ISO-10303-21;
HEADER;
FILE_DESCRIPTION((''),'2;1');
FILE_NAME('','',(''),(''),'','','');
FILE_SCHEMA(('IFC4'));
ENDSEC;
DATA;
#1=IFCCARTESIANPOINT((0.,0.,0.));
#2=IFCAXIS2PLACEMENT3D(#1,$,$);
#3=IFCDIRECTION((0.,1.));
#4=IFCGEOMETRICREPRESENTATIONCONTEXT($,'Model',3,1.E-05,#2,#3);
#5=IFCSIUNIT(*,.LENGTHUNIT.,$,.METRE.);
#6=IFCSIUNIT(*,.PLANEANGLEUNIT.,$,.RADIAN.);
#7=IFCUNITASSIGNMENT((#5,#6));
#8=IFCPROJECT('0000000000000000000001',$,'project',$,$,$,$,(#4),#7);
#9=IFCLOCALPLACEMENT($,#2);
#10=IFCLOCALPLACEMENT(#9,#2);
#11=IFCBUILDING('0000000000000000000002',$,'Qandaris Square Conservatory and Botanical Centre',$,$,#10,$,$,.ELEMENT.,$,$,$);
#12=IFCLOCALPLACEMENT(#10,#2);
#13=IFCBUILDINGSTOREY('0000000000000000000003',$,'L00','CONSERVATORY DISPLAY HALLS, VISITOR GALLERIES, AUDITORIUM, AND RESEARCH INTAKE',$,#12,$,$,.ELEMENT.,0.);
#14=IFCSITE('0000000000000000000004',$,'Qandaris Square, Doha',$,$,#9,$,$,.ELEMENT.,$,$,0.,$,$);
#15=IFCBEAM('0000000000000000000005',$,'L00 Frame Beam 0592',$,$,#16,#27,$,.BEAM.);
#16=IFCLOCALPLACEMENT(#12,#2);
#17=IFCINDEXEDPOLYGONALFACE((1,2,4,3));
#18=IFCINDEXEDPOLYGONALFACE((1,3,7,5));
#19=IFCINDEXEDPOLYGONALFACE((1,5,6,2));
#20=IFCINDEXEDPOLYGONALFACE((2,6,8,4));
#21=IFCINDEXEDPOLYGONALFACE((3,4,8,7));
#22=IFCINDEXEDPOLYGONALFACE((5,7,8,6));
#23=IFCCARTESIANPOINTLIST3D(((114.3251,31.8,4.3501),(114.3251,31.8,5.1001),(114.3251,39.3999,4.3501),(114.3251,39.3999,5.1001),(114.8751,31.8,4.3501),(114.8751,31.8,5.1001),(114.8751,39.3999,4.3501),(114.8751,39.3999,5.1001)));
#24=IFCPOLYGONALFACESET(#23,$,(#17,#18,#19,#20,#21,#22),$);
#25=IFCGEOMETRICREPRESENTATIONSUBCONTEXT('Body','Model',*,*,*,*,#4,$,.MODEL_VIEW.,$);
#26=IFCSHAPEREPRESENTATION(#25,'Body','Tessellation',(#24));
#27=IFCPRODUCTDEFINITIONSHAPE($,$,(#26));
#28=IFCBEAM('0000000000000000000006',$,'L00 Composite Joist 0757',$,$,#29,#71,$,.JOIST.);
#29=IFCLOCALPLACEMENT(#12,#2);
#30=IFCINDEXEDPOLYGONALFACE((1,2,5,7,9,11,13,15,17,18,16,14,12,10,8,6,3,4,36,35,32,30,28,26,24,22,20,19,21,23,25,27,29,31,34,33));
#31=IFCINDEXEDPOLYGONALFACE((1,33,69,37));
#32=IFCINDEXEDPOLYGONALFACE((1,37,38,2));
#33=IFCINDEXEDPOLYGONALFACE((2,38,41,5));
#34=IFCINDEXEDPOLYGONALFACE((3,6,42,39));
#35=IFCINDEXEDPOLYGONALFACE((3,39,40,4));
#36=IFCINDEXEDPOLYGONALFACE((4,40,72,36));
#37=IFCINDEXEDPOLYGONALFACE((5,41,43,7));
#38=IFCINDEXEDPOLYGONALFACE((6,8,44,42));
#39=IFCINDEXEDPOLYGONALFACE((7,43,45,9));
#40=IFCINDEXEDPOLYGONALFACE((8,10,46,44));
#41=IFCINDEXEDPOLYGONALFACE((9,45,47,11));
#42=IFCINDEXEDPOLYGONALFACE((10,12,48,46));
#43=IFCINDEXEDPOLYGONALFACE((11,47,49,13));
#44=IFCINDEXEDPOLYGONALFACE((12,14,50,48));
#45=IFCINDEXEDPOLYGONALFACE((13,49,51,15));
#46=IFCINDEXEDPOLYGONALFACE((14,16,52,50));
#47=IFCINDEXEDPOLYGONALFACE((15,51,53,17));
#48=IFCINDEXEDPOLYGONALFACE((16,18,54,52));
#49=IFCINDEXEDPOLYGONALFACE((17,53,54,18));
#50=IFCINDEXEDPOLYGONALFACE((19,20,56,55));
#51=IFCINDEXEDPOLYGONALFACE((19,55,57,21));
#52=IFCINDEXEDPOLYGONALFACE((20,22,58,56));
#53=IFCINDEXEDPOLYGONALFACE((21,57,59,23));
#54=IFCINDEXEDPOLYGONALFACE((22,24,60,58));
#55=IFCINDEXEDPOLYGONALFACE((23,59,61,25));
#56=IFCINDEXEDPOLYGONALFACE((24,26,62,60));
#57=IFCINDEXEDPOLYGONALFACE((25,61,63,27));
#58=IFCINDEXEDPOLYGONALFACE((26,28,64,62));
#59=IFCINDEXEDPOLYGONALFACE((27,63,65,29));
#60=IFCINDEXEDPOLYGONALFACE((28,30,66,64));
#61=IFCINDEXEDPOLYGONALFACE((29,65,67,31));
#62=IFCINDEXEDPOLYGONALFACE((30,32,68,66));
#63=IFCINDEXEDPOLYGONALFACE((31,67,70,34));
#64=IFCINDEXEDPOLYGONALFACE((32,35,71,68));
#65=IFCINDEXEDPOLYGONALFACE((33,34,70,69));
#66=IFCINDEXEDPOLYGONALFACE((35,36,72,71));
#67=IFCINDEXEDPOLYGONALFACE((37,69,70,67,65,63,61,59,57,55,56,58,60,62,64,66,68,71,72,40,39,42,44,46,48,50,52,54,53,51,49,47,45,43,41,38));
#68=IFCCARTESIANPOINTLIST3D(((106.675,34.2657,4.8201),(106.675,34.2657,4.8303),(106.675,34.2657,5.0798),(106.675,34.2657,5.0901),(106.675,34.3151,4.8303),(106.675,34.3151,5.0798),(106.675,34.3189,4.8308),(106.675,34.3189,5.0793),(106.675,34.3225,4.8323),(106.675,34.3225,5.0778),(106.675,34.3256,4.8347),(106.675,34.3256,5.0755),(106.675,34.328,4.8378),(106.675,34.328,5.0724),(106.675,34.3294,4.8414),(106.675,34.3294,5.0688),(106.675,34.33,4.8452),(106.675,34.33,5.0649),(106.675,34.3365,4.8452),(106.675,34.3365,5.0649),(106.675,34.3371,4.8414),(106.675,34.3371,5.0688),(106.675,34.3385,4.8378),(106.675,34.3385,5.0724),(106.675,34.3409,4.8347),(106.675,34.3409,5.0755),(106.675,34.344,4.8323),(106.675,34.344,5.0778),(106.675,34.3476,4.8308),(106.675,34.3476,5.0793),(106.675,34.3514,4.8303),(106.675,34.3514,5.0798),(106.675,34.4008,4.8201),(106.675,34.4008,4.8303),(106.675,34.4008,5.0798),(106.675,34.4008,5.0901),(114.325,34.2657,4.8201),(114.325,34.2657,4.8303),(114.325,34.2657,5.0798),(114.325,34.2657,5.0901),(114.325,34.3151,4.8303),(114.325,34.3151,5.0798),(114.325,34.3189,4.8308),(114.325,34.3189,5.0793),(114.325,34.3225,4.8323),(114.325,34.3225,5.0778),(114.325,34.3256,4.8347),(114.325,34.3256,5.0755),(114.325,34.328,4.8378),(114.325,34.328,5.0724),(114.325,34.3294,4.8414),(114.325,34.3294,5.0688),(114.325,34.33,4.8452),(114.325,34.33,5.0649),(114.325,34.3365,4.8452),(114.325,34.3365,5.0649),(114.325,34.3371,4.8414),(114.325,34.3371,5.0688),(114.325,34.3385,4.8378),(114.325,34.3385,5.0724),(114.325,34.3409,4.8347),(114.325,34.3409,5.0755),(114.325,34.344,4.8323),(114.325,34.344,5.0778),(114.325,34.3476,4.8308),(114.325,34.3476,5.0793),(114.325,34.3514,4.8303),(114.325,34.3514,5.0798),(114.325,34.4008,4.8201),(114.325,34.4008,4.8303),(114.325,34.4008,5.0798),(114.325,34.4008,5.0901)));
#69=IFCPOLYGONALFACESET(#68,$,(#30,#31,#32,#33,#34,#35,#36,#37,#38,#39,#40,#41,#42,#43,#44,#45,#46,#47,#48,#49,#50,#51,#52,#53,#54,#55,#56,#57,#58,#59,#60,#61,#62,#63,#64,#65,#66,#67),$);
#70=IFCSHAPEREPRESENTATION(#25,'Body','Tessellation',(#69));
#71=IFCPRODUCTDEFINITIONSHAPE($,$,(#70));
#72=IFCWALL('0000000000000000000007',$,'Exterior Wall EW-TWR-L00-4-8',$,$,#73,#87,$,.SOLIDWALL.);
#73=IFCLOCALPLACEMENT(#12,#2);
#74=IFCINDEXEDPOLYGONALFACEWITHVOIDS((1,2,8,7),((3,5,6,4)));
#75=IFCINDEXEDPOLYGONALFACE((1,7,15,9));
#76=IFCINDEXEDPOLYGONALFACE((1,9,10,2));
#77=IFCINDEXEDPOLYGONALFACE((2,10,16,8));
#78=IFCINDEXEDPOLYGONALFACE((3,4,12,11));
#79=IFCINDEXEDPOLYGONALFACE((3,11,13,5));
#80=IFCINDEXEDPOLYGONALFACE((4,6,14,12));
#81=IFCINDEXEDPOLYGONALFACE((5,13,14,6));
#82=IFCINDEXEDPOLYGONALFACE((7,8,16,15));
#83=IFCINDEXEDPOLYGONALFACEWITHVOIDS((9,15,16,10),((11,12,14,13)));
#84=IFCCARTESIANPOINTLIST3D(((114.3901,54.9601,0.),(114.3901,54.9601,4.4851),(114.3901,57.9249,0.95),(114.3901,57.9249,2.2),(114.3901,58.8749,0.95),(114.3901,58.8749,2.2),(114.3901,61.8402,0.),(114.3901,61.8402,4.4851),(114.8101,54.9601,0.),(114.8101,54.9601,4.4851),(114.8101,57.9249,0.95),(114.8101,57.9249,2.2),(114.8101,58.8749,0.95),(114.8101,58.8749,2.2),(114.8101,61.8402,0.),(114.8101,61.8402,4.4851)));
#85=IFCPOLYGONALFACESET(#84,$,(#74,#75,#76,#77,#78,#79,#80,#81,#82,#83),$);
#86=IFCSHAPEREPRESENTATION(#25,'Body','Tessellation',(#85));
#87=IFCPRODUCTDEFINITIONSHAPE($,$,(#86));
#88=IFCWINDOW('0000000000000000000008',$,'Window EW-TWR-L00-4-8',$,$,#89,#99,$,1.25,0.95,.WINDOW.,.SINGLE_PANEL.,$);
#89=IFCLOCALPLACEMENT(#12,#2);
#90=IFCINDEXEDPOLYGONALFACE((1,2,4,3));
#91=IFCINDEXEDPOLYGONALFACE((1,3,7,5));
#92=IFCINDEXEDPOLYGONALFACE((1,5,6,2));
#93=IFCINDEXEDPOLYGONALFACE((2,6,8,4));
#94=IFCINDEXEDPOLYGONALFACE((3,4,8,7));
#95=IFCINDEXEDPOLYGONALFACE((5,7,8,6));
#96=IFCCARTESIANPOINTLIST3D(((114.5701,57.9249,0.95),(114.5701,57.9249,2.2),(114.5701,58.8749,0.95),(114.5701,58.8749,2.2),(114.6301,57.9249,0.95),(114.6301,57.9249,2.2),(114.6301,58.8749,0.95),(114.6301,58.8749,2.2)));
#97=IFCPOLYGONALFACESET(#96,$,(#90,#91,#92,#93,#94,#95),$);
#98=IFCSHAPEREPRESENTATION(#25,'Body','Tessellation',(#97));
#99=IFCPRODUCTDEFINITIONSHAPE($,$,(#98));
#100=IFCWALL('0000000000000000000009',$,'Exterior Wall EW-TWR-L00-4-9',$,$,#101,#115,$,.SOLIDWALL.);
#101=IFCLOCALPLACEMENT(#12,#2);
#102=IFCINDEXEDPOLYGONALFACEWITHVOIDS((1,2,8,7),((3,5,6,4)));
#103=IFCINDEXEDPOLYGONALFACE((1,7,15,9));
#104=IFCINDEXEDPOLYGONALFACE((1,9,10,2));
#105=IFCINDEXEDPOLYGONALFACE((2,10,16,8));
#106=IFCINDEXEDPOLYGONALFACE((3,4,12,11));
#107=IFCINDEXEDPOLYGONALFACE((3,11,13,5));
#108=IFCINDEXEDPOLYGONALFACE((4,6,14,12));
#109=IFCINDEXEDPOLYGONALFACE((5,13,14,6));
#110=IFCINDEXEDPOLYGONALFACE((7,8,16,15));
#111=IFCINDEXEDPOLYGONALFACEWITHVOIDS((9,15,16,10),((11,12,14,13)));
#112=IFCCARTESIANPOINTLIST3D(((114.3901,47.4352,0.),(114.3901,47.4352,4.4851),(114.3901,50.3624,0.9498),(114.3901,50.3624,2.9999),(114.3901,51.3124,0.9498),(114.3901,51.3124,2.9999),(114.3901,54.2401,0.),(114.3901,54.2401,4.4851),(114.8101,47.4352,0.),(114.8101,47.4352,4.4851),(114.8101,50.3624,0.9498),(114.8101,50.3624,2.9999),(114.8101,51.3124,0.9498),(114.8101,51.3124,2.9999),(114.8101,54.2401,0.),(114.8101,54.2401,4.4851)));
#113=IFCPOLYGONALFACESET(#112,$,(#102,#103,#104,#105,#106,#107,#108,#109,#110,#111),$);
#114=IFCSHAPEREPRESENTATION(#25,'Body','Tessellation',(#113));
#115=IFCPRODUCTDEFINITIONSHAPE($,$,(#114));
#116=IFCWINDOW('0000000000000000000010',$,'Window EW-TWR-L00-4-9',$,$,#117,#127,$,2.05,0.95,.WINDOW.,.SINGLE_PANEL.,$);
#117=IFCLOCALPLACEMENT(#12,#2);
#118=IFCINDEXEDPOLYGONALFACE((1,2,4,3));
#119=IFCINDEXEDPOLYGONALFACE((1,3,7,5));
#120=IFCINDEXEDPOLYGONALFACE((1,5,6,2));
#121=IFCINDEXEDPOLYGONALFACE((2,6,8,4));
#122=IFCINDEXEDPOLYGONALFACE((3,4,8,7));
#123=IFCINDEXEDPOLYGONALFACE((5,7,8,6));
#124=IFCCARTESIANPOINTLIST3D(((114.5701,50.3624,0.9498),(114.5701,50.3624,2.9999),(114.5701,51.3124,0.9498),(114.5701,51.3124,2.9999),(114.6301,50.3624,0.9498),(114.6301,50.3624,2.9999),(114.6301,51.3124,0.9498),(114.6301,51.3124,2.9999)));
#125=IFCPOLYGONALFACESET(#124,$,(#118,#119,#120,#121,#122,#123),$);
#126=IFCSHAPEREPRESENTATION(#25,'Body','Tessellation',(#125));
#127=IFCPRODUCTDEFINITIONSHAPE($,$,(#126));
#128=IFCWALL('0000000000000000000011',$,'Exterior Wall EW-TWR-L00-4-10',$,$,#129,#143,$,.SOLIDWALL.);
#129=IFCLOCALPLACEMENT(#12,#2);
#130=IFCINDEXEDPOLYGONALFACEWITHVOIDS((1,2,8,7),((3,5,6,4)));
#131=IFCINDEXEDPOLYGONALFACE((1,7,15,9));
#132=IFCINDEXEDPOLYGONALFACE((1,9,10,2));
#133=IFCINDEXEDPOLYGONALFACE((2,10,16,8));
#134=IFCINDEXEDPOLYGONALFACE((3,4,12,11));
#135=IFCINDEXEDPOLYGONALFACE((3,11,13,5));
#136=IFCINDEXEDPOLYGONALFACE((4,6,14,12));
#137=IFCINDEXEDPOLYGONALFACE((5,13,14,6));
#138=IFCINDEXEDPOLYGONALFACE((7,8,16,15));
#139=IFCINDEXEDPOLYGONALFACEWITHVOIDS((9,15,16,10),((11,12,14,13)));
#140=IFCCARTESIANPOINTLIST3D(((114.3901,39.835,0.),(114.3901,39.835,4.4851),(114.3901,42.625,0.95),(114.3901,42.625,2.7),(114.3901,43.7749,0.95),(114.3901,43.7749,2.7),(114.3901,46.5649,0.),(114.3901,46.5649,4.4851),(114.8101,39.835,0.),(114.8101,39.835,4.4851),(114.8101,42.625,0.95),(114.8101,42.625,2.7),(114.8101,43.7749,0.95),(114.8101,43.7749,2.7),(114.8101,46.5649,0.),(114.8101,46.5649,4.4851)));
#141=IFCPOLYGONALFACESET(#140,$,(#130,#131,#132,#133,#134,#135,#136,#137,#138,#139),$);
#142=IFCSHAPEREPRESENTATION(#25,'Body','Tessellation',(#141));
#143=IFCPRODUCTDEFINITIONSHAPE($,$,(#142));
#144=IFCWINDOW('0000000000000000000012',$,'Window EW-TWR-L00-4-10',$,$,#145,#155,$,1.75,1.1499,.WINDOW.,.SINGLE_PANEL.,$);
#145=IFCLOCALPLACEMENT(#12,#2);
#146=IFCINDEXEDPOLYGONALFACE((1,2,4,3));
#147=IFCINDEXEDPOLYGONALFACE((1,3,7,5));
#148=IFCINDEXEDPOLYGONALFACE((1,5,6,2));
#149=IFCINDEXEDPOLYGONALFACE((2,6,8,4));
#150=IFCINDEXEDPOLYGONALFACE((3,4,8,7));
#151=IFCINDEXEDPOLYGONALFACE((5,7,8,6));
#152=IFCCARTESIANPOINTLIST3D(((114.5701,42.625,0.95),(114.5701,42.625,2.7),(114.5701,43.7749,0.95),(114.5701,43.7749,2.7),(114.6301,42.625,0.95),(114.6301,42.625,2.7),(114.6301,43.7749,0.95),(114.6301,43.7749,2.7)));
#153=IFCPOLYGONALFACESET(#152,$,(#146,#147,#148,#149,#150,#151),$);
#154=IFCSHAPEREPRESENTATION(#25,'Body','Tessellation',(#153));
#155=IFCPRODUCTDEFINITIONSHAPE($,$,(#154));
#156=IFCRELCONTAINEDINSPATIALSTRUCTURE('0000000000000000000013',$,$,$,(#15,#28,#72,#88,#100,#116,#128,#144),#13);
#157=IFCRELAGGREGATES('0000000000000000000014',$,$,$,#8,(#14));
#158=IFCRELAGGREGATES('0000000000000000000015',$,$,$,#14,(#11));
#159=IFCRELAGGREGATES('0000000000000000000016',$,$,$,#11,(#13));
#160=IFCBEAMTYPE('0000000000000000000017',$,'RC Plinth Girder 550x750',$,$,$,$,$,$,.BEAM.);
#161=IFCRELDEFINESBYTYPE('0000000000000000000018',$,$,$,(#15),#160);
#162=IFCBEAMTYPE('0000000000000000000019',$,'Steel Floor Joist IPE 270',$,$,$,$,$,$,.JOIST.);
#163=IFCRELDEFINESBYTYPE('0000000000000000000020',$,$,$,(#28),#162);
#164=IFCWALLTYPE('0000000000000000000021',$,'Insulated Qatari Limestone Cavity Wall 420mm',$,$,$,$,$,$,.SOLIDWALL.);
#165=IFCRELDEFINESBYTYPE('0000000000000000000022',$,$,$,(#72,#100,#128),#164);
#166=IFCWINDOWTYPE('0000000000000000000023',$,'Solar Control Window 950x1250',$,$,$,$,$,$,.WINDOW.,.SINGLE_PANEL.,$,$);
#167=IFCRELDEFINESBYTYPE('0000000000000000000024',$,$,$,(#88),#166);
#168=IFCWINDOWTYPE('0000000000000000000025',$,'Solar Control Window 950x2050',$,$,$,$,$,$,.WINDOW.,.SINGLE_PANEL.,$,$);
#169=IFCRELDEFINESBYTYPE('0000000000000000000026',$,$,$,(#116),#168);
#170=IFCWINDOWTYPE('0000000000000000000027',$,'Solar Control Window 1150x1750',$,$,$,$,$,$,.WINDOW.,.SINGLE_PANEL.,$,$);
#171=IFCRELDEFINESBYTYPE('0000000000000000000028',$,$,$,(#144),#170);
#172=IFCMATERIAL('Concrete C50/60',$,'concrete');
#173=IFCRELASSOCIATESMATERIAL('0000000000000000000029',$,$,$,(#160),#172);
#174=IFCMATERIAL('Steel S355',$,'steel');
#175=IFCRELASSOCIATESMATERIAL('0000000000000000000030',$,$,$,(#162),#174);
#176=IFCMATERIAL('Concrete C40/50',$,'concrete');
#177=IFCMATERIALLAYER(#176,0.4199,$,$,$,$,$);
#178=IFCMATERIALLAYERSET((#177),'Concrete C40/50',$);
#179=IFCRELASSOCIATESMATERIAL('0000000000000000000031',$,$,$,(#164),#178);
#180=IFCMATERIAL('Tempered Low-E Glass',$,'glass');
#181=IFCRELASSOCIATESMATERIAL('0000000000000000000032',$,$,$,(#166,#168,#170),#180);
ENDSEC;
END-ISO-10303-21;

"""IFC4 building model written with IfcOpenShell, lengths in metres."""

from ifc_helpers import new_model, si_unit, direction, frame, frame_2d, origin, origin_2d, place, context, subcontext, project, spatial, rectangle, i_section, extrude, material, layer, layer_set, material_profile, profile_set, type_object, element, fill, save


model = new_model("IFC4")

# Units and contexts
model_context = context("Model", 3, precision=1e-05, world=origin(), true_north=direction((0.0, 1.0)))
body_context = subcontext(model_context, "Body", "Model", "MODEL_VIEW")
ifc_project = project(units=[si_unit("LENGTHUNIT", "METRE"), si_unit("PLANEANGLEUNIT", "RADIAN")], contexts=[model_context])

# Site, building, storey
site_placement = place(None, origin())
site = spatial("IfcSite", under=ifc_project, at=site_placement, Name="Qandaris Square, Doha", CompositionType="ELEMENT", RefElevation=0.0)
building_placement = place(site_placement, origin())
building = spatial("IfcBuilding", under=site, at=building_placement, Name="Qandaris Square Conservatory and Botanical Centre", CompositionType="ELEMENT")
storey_placement = place(building_placement, origin())
storey = spatial("IfcBuildingStorey", under=building, at=storey_placement, Name="L00", Description="CONSERVATORY DISPLAY HALLS, VISITOR GALLERIES, AUDITORIUM, AND RESEARCH INTAKE", CompositionType="ELEMENT", Elevation=0.0)

# Shared definitions
ifc_material_1 = material(Name="Concrete C40/50", Category="concrete")
ifc_material_2 = material(Name="Concrete C50/60", Category="concrete")

# Beams
ifc_material_3 = material(Name="Steel S355", Category="steel")
ifc_material_profile_1 = material_profile(ifc_material_2, rectangle(XDim=0.55, YDim=0.75, at=origin_2d()), Name="RC-BM 550x750")
ifc_profile_set_1 = profile_set([ifc_material_profile_1], Name="Concrete C50/60")
beam_type_1 = type_object("IfcBeamType", Name="RC Plinth Girder 550x750", PredefinedType="BEAM", material=ifc_profile_set_1)
beam_1_placement = place(storey_placement, frame((114.6001, 31.8, 4.7251), z_axis=(0.0, 1.0, 0.0), x_axis=(-1.0, 0.0, 0.0)))
element("IfcBeam", 1, at=beam_1_placement, inside=storey, type_object=beam_type_1, Name="L00 Frame Beam 0592", PredefinedType="BEAM", context=body_context, shape_type="SweptSolid", body=[
    extrude(rectangle(XDim=0.55, YDim=0.75, at=origin_2d()), origin(), (0.0, 0.0, 1.0), 7.5999),
])
ifc_material_profile_2 = material_profile(ifc_material_3, i_section(OverallWidth=0.135, OverallDepth=0.27, WebThickness=0.0066, FlangeThickness=0.0103, FilletRadius=0.0149, at=origin_2d()), Name="IPE 270")
ifc_profile_set_2 = profile_set([ifc_material_profile_2], Name="Steel S355")
beam_type_2 = type_object("IfcBeamType", Name="Steel Floor Joist IPE 270", PredefinedType="JOIST", material=ifc_profile_set_2)
beam_2_placement = place(storey_placement, frame((106.675, 34.3333, 4.9551), z_axis=(1.0, 0.0, 0.0), x_axis=(0.0, 1.0, 0.0)))
element("IfcBeam", 2, at=beam_2_placement, inside=storey, type_object=beam_type_2, Name="L00 Composite Joist 0757", PredefinedType="JOIST", context=body_context, shape_type="SweptSolid", body=[
    extrude(i_section(OverallWidth=0.135, OverallDepth=0.27, WebThickness=0.0066, FlangeThickness=0.0103, FilletRadius=0.0149, at=origin_2d()), origin(), (0.0, 0.0, 1.0), 7.6499),
])

# Walls, openings, windows
ifc_layer = layer(ifc_material_1, 0.4199)
ifc_layer_set = layer_set([ifc_layer], Name="Concrete C40/50")
wall_type = type_object("IfcWallType", Name="Insulated Qatari Limestone Cavity Wall 420mm", PredefinedType="SOLIDWALL", material=ifc_layer_set)
wall_1_placement = place(storey_placement, frame((114.6001, 61.8401, 0.0), z_axis=(0.0, 0.0, 1.0), x_axis=(0.0, -1.0, 0.0)))
wall_1 = element("IfcWall", 3, at=wall_1_placement, inside=storey, type_object=wall_type, Name="Exterior Wall EW-TWR-L00-4-8", PredefinedType="SOLIDWALL", context=body_context, shape_type="SweptSolid", body=[
    extrude(rectangle(XDim=6.8801, YDim=0.4199, at=frame_2d((3.4399, 0.0))), origin(), (0.0, 0.0, 1.0), 4.4851),
])
opening_1_placement = place(wall_1_placement, frame((2.9651, 0.0, 0.95)))
opening_1 = element("IfcOpeningElement", 4, at=opening_1_placement, cuts=wall_1, PredefinedType="OPENING", context=body_context, shape_type="SweptSolid", body=[
    extrude(rectangle(XDim=0.95, YDim=1.25, at=frame_2d((0.4751, 0.625))), frame((0.0, 0.2219, 0.0), z_axis=(0.0, -1.0, 0.0), x_axis=(1.0, 0.0, 0.0)), (0.0, 0.0, 1.0), 0.4438),
])
ifc_material_4 = material(Name="Tempered Low-E Glass", Category="glass")
window_type_1 = type_object("IfcWindowType", Name="Solar Control Window 950x1250", PartitioningType="SINGLE_PANEL", PredefinedType="WINDOW", material=ifc_material_4)
window_1_placement = place(opening_1_placement, origin())
window_1 = element("IfcWindow", 5, at=window_1_placement, inside=storey, type_object=window_type_1, Name="Window EW-TWR-L00-4-8", OverallHeight=1.25, OverallWidth=0.95, PartitioningType="SINGLE_PANEL", PredefinedType="WINDOW", context=body_context, shape_type="SweptSolid", body=[
    extrude(rectangle(XDim=0.95, YDim=1.25, at=frame_2d((0.4751, 0.625))), frame((0.0, 0.03, 0.0), z_axis=(0.0, -1.0, 0.0), x_axis=(1.0, 0.0, 0.0)), (0.0, 0.0, 1.0), 0.0601),
])
fill(opening_1, window_1)
wall_2_placement = place(storey_placement, frame((114.6001, 54.24, 0.0), z_axis=(0.0, 0.0, 1.0), x_axis=(0.0, -1.0, 0.0)))
wall_2 = element("IfcWall", 6, at=wall_2_placement, inside=storey, type_object=wall_type, Name="Exterior Wall EW-TWR-L00-4-9", PredefinedType="SOLIDWALL", context=body_context, shape_type="SweptSolid", body=[
    extrude(rectangle(XDim=6.8049, YDim=0.4199, at=frame_2d((3.4023, 0.0))), origin(), (0.0, 0.0, 1.0), 4.4851),
])
opening_2_placement = place(wall_2_placement, frame((2.9275, 0.0, 0.95)))
opening_2 = element("IfcOpeningElement", 7, at=opening_2_placement, cuts=wall_2, PredefinedType="OPENING", context=body_context, shape_type="SweptSolid", body=[
    extrude(rectangle(XDim=0.95, YDim=2.05, at=frame_2d((0.4751, 1.0249))), frame((0.0, 0.2219, 0.0), z_axis=(0.0, -1.0, 0.0), x_axis=(1.0, 0.0, 0.0)), (0.0, 0.0, 1.0), 0.4438),
])
window_type_2 = type_object("IfcWindowType", Name="Solar Control Window 950x2050", PartitioningType="SINGLE_PANEL", PredefinedType="WINDOW", material=ifc_material_4)
window_2_placement = place(opening_2_placement, origin())
window_2 = element("IfcWindow", 8, at=window_2_placement, inside=storey, type_object=window_type_2, Name="Window EW-TWR-L00-4-9", OverallHeight=2.05, OverallWidth=0.95, PartitioningType="SINGLE_PANEL", PredefinedType="WINDOW", context=body_context, shape_type="SweptSolid", body=[
    extrude(rectangle(XDim=0.95, YDim=2.05, at=frame_2d((0.4751, 1.0249))), frame((0.0, 0.03, 0.0), z_axis=(0.0, -1.0, 0.0), x_axis=(1.0, 0.0, 0.0)), (0.0, 0.0, 1.0), 0.0601),
])
fill(opening_2, window_2)
wall_3_placement = place(storey_placement, frame((114.6001, 46.5649, 0.0), z_axis=(0.0, 0.0, 1.0), x_axis=(0.0, -1.0, 0.0)))
wall_3 = element("IfcWall", 9, at=wall_3_placement, inside=storey, type_object=wall_type, Name="Exterior Wall EW-TWR-L00-4-10", PredefinedType="SOLIDWALL", context=body_context, shape_type="SweptSolid", body=[
    extrude(rectangle(XDim=6.73, YDim=0.4199, at=frame_2d((3.365, 0.0))), origin(), (0.0, 0.0, 1.0), 4.4851),
])
opening_3_placement = place(wall_3_placement, frame((2.79, 0.0, 0.95)))
opening_3 = element("IfcOpeningElement", 10, at=opening_3_placement, cuts=wall_3, PredefinedType="OPENING", context=body_context, shape_type="SweptSolid", body=[
    extrude(rectangle(XDim=1.1499, YDim=1.75, at=frame_2d((0.575, 0.875))), frame((0.0, 0.2219, 0.0), z_axis=(0.0, -1.0, 0.0), x_axis=(1.0, 0.0, 0.0)), (0.0, 0.0, 1.0), 0.4438),
])
window_type_3 = type_object("IfcWindowType", Name="Solar Control Window 1150x1750", PartitioningType="SINGLE_PANEL", PredefinedType="WINDOW", material=ifc_material_4)
window_3_placement = place(opening_3_placement, origin())
window_3 = element("IfcWindow", 11, at=window_3_placement, inside=storey, type_object=window_type_3, Name="Window EW-TWR-L00-4-10", OverallHeight=1.75, OverallWidth=1.1499, PartitioningType="SINGLE_PANEL", PredefinedType="WINDOW", context=body_context, shape_type="SweptSolid", body=[
    extrude(rectangle(XDim=1.1499, YDim=1.75, at=frame_2d((0.575, 0.875))), frame((0.0, 0.03, 0.0), z_axis=(0.0, -1.0, 0.0), x_axis=(1.0, 0.0, 0.0)), (0.0, 0.0, 1.0), 0.0601),
])
fill(opening_3, window_3)

save(model, "model.ifc")
